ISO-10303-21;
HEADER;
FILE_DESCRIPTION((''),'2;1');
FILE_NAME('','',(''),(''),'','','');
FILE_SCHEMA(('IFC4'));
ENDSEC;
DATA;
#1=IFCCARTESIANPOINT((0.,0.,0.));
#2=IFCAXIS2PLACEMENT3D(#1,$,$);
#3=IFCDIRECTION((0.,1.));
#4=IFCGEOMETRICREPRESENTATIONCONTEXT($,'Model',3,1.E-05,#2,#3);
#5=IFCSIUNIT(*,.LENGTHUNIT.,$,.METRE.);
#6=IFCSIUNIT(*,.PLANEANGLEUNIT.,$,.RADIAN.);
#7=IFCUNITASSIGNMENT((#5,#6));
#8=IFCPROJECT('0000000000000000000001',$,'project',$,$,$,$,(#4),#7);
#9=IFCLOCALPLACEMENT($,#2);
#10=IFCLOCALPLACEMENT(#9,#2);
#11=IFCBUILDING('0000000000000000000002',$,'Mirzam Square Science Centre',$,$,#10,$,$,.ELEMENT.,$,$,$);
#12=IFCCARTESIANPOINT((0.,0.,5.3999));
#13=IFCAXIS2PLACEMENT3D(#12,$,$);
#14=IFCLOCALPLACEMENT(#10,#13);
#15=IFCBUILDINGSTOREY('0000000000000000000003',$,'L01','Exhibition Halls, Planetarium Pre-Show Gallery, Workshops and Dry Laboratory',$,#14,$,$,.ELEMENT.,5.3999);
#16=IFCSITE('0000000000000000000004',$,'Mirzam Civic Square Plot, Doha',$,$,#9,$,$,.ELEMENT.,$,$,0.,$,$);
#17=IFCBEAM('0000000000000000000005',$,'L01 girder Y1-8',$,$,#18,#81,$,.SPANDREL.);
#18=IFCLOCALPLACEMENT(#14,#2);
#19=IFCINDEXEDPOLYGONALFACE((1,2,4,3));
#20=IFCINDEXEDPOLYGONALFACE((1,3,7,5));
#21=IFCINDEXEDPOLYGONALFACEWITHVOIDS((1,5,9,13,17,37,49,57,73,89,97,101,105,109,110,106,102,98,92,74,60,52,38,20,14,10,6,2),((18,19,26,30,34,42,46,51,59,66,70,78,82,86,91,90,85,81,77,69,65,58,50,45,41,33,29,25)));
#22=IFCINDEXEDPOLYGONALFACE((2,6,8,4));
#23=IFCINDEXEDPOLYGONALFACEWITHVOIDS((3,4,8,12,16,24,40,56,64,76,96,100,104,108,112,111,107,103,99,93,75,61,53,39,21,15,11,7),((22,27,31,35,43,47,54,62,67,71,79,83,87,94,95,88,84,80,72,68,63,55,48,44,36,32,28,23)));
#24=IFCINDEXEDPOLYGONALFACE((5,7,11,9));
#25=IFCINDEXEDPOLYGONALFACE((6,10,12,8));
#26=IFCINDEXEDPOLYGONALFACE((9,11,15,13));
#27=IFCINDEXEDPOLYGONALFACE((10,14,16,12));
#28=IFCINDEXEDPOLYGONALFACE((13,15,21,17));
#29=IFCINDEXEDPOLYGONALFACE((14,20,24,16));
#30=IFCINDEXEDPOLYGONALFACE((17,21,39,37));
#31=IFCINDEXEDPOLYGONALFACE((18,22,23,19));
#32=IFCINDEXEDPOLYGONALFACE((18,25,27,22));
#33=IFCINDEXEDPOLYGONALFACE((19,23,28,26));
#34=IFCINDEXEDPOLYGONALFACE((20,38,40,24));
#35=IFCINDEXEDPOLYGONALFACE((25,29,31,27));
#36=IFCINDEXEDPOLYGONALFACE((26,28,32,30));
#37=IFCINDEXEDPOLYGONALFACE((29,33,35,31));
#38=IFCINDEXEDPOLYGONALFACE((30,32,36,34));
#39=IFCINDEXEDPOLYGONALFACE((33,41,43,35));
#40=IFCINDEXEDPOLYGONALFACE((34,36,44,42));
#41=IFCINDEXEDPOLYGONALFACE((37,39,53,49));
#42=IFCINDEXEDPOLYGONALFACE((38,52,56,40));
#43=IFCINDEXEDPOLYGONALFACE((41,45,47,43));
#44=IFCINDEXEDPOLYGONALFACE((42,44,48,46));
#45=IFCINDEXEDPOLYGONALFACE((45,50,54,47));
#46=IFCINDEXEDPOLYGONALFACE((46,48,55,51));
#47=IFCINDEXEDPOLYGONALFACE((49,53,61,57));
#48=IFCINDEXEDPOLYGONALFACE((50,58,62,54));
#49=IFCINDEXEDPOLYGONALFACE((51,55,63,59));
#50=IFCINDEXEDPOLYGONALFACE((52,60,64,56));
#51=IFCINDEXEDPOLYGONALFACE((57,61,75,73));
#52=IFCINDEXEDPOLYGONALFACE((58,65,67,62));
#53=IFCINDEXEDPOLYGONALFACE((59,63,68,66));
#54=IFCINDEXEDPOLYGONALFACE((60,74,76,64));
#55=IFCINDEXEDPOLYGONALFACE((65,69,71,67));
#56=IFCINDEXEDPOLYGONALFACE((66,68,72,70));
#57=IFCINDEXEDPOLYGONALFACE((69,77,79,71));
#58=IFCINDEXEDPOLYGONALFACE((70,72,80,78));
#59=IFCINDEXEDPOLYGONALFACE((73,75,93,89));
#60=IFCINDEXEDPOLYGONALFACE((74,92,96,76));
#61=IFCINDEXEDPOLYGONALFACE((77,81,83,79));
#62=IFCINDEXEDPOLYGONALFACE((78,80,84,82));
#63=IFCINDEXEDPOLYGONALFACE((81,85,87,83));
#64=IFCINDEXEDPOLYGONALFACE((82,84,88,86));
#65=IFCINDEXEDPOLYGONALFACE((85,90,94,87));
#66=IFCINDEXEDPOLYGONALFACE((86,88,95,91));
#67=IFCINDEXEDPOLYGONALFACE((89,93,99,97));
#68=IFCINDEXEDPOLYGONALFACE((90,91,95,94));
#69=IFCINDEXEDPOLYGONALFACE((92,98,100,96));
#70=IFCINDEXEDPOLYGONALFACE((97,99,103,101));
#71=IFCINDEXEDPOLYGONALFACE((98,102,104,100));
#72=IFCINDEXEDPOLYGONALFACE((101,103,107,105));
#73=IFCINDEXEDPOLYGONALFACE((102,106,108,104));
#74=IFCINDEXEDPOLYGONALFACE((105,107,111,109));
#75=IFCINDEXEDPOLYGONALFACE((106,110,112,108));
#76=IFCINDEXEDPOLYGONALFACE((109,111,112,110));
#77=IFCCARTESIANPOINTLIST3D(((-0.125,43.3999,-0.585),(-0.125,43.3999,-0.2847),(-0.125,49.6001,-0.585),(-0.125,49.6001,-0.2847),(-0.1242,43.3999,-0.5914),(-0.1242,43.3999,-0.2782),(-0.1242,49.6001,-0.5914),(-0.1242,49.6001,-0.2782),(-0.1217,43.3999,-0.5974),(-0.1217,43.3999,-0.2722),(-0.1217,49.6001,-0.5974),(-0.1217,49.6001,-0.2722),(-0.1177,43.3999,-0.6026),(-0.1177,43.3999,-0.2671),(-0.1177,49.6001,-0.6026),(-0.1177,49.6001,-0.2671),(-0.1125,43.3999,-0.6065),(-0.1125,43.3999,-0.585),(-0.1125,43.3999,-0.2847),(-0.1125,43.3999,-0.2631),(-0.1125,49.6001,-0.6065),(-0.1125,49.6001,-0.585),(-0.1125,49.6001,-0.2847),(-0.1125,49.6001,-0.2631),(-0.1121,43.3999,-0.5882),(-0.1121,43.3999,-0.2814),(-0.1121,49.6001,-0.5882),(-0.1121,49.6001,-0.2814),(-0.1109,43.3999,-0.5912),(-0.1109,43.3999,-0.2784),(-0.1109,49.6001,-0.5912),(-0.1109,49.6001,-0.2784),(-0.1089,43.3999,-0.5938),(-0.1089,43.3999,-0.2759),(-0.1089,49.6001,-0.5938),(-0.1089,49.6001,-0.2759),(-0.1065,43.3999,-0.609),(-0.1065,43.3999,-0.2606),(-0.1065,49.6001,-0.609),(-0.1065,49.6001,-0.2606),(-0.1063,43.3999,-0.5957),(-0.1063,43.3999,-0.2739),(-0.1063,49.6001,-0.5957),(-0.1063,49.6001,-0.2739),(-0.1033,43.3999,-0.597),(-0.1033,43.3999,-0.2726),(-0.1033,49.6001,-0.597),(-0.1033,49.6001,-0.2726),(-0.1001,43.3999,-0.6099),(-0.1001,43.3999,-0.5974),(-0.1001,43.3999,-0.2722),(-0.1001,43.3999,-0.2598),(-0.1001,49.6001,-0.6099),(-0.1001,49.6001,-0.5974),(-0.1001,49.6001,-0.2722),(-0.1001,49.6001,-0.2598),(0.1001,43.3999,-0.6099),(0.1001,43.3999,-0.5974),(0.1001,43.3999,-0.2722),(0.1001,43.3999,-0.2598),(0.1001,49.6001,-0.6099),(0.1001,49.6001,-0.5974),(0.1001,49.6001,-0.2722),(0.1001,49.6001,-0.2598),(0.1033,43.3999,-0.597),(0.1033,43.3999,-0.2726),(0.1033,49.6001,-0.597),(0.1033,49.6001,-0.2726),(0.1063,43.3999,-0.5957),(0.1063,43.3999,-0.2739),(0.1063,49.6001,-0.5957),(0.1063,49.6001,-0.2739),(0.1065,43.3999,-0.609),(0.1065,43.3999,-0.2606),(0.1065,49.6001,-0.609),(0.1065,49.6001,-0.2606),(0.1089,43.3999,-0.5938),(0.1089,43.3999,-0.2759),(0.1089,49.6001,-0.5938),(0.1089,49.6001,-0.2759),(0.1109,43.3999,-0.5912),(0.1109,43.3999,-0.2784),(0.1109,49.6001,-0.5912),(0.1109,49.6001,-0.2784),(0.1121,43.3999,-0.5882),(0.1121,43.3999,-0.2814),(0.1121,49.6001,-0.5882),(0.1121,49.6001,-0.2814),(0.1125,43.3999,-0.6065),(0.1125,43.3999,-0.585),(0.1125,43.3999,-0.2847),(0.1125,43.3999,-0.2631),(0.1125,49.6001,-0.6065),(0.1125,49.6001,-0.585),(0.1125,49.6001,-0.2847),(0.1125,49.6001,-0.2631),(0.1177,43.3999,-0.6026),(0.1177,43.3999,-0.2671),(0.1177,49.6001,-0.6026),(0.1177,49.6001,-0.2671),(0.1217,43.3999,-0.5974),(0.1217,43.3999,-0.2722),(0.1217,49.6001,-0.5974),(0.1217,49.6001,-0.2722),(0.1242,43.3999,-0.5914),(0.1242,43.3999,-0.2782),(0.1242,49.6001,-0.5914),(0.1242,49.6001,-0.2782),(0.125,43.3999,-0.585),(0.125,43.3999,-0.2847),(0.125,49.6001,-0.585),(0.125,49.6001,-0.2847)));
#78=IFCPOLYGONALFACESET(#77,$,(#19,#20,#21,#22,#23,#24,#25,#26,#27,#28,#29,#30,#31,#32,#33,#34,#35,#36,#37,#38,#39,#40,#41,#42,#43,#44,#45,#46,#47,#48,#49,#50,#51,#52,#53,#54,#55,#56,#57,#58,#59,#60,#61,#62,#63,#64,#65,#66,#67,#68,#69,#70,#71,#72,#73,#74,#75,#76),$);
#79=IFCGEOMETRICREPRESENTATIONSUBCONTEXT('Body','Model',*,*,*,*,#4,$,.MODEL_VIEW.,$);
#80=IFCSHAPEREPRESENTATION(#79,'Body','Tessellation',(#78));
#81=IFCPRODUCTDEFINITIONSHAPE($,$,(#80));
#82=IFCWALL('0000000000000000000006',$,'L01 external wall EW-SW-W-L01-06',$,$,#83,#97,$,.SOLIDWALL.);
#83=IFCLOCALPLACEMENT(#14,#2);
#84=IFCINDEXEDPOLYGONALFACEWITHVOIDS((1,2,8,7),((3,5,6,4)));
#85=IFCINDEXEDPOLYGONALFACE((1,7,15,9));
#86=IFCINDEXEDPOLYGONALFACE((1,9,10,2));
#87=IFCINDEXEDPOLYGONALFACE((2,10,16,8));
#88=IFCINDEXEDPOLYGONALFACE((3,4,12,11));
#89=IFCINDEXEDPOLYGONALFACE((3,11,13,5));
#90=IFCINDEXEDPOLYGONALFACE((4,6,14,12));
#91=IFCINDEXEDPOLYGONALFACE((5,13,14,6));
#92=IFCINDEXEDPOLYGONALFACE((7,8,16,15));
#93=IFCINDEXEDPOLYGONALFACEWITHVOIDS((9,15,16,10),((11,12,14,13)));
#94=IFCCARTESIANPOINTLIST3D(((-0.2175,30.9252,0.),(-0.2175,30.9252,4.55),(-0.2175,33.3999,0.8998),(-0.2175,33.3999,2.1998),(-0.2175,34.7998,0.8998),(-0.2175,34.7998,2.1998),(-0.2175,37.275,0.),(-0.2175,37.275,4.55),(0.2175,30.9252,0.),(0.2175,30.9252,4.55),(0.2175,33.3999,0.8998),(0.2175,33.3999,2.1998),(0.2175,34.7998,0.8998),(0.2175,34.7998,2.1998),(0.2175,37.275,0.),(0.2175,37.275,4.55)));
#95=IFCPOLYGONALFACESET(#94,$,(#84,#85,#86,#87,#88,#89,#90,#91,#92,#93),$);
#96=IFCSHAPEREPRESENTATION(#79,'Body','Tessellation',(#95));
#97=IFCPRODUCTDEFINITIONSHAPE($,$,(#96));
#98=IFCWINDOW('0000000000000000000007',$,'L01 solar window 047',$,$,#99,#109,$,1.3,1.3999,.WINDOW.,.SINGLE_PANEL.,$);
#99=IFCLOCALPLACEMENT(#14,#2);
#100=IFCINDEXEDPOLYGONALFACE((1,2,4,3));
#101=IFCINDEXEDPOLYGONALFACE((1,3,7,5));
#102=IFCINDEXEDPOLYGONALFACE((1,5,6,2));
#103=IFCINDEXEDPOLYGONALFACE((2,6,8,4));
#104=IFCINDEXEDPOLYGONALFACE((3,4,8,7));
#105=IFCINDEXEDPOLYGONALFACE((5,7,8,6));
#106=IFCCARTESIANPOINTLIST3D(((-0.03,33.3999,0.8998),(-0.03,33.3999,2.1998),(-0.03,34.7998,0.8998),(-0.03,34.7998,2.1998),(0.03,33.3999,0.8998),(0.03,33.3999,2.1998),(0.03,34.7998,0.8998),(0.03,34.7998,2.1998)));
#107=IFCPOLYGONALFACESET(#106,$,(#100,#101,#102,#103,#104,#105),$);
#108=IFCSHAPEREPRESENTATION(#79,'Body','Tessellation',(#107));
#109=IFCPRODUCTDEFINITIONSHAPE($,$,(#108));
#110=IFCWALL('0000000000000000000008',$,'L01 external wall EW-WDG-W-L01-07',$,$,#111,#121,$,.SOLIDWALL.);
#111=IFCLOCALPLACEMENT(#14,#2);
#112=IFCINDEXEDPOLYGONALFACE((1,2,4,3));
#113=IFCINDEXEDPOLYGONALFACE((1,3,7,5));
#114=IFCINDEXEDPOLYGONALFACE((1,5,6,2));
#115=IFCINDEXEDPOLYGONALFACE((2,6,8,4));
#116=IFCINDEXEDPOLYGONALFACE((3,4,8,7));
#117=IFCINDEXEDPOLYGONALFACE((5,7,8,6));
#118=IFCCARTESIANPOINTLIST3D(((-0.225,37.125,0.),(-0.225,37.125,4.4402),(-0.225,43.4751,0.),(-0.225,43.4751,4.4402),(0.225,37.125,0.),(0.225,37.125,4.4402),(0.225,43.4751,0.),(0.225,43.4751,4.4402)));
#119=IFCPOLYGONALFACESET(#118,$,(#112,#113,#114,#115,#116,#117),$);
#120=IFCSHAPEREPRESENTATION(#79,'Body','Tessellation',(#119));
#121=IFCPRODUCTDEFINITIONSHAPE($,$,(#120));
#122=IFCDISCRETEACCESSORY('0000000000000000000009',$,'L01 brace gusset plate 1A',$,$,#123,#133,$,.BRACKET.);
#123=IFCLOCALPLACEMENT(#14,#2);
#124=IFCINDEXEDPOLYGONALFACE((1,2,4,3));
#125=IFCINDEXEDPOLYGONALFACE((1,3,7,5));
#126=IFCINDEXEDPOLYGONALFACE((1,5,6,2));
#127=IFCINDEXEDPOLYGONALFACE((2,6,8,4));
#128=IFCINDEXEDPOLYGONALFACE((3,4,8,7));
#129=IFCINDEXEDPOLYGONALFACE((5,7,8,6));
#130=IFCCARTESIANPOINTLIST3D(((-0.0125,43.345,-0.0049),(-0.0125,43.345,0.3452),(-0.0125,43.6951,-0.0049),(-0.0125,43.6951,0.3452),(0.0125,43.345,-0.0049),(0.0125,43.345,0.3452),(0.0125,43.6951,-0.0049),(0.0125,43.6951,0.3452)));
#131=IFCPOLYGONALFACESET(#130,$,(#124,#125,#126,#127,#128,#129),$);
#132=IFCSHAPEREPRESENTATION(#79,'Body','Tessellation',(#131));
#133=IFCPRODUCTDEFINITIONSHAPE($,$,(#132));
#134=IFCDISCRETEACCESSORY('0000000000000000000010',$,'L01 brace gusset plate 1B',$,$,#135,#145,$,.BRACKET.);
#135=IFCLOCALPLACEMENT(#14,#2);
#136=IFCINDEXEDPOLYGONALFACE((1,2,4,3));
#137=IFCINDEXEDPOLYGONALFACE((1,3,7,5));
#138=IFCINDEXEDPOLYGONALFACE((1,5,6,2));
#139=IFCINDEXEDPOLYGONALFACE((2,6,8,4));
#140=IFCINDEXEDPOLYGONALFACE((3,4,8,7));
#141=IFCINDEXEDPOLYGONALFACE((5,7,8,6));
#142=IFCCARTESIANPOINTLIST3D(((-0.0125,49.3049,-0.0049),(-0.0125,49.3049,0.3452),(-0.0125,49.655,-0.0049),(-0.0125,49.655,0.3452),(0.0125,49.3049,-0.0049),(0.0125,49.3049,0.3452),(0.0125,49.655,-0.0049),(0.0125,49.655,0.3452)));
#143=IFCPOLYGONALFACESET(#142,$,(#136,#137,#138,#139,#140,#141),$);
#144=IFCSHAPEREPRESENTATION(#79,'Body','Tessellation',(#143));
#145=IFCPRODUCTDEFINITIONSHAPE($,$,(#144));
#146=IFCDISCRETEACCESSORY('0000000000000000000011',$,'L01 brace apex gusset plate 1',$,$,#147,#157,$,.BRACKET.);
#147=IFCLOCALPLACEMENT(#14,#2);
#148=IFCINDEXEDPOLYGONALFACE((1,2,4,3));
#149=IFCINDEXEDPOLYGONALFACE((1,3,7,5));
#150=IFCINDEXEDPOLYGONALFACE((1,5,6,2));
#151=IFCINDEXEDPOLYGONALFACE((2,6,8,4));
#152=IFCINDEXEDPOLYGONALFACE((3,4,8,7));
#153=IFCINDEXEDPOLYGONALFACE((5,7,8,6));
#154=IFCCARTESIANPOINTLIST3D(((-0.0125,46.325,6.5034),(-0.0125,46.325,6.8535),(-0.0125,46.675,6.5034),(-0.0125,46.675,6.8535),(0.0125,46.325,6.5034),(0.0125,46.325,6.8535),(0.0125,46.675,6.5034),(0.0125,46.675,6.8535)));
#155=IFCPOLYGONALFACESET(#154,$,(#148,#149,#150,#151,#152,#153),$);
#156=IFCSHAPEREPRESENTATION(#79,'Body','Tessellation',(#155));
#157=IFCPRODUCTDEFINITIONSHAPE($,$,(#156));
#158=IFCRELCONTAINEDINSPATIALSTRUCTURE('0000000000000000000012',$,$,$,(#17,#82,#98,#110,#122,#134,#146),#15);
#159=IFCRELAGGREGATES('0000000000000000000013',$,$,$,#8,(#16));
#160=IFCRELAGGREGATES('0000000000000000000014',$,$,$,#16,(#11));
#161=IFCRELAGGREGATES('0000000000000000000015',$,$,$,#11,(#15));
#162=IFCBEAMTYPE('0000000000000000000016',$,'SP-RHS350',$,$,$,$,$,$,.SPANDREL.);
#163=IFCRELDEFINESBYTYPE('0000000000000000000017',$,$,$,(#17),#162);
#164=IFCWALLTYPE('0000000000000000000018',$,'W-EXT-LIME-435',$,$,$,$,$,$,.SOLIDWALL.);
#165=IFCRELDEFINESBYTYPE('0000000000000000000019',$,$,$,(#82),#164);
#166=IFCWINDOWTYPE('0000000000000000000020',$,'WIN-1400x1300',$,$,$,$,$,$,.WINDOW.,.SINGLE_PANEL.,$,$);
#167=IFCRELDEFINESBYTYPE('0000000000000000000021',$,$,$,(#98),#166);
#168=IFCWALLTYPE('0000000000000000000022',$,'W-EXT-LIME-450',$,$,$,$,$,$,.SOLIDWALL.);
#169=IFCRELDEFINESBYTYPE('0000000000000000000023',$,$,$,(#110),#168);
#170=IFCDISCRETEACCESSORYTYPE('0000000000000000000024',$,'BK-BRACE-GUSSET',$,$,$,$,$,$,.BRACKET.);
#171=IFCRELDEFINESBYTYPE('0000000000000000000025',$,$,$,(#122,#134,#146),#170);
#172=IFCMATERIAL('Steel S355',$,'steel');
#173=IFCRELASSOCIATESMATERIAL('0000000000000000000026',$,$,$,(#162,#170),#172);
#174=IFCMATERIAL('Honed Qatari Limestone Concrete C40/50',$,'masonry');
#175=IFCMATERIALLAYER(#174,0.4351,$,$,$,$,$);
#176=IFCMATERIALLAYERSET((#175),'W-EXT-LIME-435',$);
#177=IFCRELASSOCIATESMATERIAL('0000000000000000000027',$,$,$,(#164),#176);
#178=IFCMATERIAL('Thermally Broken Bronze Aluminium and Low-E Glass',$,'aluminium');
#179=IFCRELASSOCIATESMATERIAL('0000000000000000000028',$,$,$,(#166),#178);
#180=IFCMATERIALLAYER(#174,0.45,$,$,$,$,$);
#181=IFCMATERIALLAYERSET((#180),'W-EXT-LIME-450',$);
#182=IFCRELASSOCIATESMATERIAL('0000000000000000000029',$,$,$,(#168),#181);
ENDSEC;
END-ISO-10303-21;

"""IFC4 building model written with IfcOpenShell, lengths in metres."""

from ifc_helpers import new_model, si_unit, direction, frame, frame_2d, origin, origin_2d, place, context, subcontext, project, spatial, rectangle, hollow_rectangle, extrude, material, layer, layer_set, material_profile, profile_set, type_object, element, fill, save


model = new_model("IFC4")

# Units and contexts
model_context = context("Model", 3, precision=1e-05, world=origin(), true_north=direction((0.0, 1.0)))
body_context = subcontext(model_context, "Body", "Model", "MODEL_VIEW")
ifc_project = project(units=[si_unit("LENGTHUNIT", "METRE"), si_unit("PLANEANGLEUNIT", "RADIAN")], contexts=[model_context])

# Site, building, storey
site_placement = place(None, origin())
site = spatial("IfcSite", under=ifc_project, at=site_placement, Name="Mirzam Civic Square Plot, Doha", CompositionType="ELEMENT", RefElevation=0.0)
building_placement = place(site_placement, origin())
building = spatial("IfcBuilding", under=site, at=building_placement, Name="Mirzam Square Science Centre", CompositionType="ELEMENT")
storey_placement = place(building_placement, frame((0.0, 0.0, 5.3999)))
storey = spatial("IfcBuildingStorey", under=building, at=storey_placement, Name="L01", Description="Exhibition Halls, Planetarium Pre-Show Gallery, Workshops and Dry Laboratory", CompositionType="ELEMENT", Elevation=5.3999)

# Shared definitions
ifc_material_1 = material(Name="Steel S355", Category="steel")

# Beam
ifc_material_profile_1 = material_profile(ifc_material_1, hollow_rectangle(XDim=0.25, YDim=0.3501, WallThickness=0.0125, InnerFilletRadius=0.0125, OuterFilletRadius=0.0249, at=origin_2d()), Name="350x250x12.5RHS")
ifc_profile_set_1 = profile_set([ifc_material_profile_1], Name="Steel S355")
beam_type_1 = type_object("IfcBeamType", Name="SP-RHS350", PredefinedType="SPANDREL", material=ifc_profile_set_1)
beam_1_placement = place(storey_placement, frame((0.0, 43.3999, -0.4348), z_axis=(0.0, 1.0, 0.0), x_axis=(-1.0, 0.0, 0.0)))
element("IfcBeam", 1, at=beam_1_placement, inside=storey, type_object=beam_type_1, Name="L01 girder Y1-8", PredefinedType="SPANDREL", context=body_context, shape_type="SweptSolid", body=[
    extrude(hollow_rectangle(XDim=0.25, YDim=0.3501, WallThickness=0.0125, InnerFilletRadius=0.0125, OuterFilletRadius=0.0249, at=origin_2d()), origin(), (0.0, 0.0, 1.0), 6.2002),
])

# Wall, opening, window
ifc_material_2 = material(Name="Honed Qatari Limestone Concrete C40/50", Category="masonry")
ifc_layer_1 = layer(ifc_material_2, 0.4351)
ifc_layer_set_1 = layer_set([ifc_layer_1], Name="W-EXT-LIME-435")
wall_type_1 = type_object("IfcWallType", Name="W-EXT-LIME-435", PredefinedType="SOLIDWALL", material=ifc_layer_set_1)
wall_1_placement = place(storey_placement, frame((0.0, 37.2749, 0.0), z_axis=(0.0, 0.0, 1.0), x_axis=(0.0, -1.0, 0.0)))
wall_1 = element("IfcWall", 2, at=wall_1_placement, inside=storey, type_object=wall_type_1, Name="L01 external wall EW-SW-W-L01-06", PredefinedType="SOLIDWALL", context=body_context, shape_type="SweptSolid", body=[
    extrude(rectangle(XDim=6.3499, YDim=0.4351, at=frame_2d((3.1748, 0.0))), origin(), (0.0, 0.0, 1.0), 4.55),
])
opening_placement = place(wall_1_placement, frame((2.4751, 0.0, 0.8999)))
opening = element("IfcOpeningElement", 3, at=opening_placement, cuts=wall_1, PredefinedType="OPENING", context=body_context, shape_type="SweptSolid", body=[
    extrude(rectangle(XDim=1.3999, YDim=1.3, at=frame_2d((0.7, 0.6499))), frame((0.0, 0.2275, 0.0), z_axis=(0.0, -1.0, 0.0), x_axis=(1.0, 0.0, 0.0)), (0.0, 0.0, 1.0), 0.4551),
])
ifc_material_3 = material(Name="Thermally Broken Bronze Aluminium and Low-E Glass", Category="aluminium")
window_type = type_object("IfcWindowType", Name="WIN-1400x1300", PartitioningType="SINGLE_PANEL", PredefinedType="WINDOW", material=ifc_material_3)
window_placement = place(opening_placement, origin())
window = element("IfcWindow", 4, at=window_placement, inside=storey, type_object=window_type, Name="L01 solar window 047", OverallHeight=1.3, OverallWidth=1.3999, PartitioningType="SINGLE_PANEL", PredefinedType="WINDOW", context=body_context, shape_type="SweptSolid", body=[
    extrude(rectangle(XDim=1.3999, YDim=1.3, at=frame_2d((0.7, 0.6499))), frame((0.0, 0.03, 0.0), z_axis=(0.0, -1.0, 0.0), x_axis=(1.0, 0.0, 0.0)), (0.0, 0.0, 1.0), 0.0601),
])
fill(opening, window)

# Wall
ifc_layer_2 = layer(ifc_material_2, 0.45)
ifc_layer_set_2 = layer_set([ifc_layer_2], Name="W-EXT-LIME-450")
wall_type_2 = type_object("IfcWallType", Name="W-EXT-LIME-450", PredefinedType="SOLIDWALL", material=ifc_layer_set_2)
wall_2_placement = place(storey_placement, frame((0.0, 43.4751, 0.0), z_axis=(0.0, 0.0, 1.0), x_axis=(0.0, -1.0, 0.0)))
element("IfcWall", 5, at=wall_2_placement, inside=storey, type_object=wall_type_2, Name="L01 external wall EW-WDG-W-L01-07", PredefinedType="SOLIDWALL", context=body_context, shape_type="SweptSolid", body=[
    extrude(rectangle(XDim=6.3501, YDim=0.45, at=frame_2d((3.175, 0.0))), origin(), (0.0, 0.0, 1.0), 4.4402),
])

# Discrete accessories
discrete_accessory_type = type_object("IfcDiscreteAccessoryType", Name="BK-BRACE-GUSSET", PredefinedType="BRACKET", material=ifc_material_1)
for number, where, z_axis, x_axis, name in (
    (6, (0.0, 43.52, -0.0049), (0.0, 0.0, 1.0), (0.0, 1.0, 0.0), "L01 brace gusset plate 1A"),
    (7, (0.0, 49.48, -0.0049), (0.0, 0.0, 1.0), (0.0, 1.0, 0.0), "L01 brace gusset plate 1B"),
    (8, (0.0, 46.5, 6.5034), (0.0, 0.0, 1.0), (0.0, 1.0, 0.0), "L01 brace apex gusset plate 1"),
):
    element("IfcDiscreteAccessory", number, at=place(storey_placement, frame(where, z_axis=z_axis, x_axis=x_axis)), inside=storey, type_object=discrete_accessory_type, Name=name, PredefinedType="BRACKET", context=body_context, shape_type="SweptSolid", body=[
        extrude(rectangle(XDim=0.3501, YDim=0.0249, at=origin_2d()), origin(), (0.0, 0.0, 1.0), 0.3501),
    ])

save(model, "model.ifc")
